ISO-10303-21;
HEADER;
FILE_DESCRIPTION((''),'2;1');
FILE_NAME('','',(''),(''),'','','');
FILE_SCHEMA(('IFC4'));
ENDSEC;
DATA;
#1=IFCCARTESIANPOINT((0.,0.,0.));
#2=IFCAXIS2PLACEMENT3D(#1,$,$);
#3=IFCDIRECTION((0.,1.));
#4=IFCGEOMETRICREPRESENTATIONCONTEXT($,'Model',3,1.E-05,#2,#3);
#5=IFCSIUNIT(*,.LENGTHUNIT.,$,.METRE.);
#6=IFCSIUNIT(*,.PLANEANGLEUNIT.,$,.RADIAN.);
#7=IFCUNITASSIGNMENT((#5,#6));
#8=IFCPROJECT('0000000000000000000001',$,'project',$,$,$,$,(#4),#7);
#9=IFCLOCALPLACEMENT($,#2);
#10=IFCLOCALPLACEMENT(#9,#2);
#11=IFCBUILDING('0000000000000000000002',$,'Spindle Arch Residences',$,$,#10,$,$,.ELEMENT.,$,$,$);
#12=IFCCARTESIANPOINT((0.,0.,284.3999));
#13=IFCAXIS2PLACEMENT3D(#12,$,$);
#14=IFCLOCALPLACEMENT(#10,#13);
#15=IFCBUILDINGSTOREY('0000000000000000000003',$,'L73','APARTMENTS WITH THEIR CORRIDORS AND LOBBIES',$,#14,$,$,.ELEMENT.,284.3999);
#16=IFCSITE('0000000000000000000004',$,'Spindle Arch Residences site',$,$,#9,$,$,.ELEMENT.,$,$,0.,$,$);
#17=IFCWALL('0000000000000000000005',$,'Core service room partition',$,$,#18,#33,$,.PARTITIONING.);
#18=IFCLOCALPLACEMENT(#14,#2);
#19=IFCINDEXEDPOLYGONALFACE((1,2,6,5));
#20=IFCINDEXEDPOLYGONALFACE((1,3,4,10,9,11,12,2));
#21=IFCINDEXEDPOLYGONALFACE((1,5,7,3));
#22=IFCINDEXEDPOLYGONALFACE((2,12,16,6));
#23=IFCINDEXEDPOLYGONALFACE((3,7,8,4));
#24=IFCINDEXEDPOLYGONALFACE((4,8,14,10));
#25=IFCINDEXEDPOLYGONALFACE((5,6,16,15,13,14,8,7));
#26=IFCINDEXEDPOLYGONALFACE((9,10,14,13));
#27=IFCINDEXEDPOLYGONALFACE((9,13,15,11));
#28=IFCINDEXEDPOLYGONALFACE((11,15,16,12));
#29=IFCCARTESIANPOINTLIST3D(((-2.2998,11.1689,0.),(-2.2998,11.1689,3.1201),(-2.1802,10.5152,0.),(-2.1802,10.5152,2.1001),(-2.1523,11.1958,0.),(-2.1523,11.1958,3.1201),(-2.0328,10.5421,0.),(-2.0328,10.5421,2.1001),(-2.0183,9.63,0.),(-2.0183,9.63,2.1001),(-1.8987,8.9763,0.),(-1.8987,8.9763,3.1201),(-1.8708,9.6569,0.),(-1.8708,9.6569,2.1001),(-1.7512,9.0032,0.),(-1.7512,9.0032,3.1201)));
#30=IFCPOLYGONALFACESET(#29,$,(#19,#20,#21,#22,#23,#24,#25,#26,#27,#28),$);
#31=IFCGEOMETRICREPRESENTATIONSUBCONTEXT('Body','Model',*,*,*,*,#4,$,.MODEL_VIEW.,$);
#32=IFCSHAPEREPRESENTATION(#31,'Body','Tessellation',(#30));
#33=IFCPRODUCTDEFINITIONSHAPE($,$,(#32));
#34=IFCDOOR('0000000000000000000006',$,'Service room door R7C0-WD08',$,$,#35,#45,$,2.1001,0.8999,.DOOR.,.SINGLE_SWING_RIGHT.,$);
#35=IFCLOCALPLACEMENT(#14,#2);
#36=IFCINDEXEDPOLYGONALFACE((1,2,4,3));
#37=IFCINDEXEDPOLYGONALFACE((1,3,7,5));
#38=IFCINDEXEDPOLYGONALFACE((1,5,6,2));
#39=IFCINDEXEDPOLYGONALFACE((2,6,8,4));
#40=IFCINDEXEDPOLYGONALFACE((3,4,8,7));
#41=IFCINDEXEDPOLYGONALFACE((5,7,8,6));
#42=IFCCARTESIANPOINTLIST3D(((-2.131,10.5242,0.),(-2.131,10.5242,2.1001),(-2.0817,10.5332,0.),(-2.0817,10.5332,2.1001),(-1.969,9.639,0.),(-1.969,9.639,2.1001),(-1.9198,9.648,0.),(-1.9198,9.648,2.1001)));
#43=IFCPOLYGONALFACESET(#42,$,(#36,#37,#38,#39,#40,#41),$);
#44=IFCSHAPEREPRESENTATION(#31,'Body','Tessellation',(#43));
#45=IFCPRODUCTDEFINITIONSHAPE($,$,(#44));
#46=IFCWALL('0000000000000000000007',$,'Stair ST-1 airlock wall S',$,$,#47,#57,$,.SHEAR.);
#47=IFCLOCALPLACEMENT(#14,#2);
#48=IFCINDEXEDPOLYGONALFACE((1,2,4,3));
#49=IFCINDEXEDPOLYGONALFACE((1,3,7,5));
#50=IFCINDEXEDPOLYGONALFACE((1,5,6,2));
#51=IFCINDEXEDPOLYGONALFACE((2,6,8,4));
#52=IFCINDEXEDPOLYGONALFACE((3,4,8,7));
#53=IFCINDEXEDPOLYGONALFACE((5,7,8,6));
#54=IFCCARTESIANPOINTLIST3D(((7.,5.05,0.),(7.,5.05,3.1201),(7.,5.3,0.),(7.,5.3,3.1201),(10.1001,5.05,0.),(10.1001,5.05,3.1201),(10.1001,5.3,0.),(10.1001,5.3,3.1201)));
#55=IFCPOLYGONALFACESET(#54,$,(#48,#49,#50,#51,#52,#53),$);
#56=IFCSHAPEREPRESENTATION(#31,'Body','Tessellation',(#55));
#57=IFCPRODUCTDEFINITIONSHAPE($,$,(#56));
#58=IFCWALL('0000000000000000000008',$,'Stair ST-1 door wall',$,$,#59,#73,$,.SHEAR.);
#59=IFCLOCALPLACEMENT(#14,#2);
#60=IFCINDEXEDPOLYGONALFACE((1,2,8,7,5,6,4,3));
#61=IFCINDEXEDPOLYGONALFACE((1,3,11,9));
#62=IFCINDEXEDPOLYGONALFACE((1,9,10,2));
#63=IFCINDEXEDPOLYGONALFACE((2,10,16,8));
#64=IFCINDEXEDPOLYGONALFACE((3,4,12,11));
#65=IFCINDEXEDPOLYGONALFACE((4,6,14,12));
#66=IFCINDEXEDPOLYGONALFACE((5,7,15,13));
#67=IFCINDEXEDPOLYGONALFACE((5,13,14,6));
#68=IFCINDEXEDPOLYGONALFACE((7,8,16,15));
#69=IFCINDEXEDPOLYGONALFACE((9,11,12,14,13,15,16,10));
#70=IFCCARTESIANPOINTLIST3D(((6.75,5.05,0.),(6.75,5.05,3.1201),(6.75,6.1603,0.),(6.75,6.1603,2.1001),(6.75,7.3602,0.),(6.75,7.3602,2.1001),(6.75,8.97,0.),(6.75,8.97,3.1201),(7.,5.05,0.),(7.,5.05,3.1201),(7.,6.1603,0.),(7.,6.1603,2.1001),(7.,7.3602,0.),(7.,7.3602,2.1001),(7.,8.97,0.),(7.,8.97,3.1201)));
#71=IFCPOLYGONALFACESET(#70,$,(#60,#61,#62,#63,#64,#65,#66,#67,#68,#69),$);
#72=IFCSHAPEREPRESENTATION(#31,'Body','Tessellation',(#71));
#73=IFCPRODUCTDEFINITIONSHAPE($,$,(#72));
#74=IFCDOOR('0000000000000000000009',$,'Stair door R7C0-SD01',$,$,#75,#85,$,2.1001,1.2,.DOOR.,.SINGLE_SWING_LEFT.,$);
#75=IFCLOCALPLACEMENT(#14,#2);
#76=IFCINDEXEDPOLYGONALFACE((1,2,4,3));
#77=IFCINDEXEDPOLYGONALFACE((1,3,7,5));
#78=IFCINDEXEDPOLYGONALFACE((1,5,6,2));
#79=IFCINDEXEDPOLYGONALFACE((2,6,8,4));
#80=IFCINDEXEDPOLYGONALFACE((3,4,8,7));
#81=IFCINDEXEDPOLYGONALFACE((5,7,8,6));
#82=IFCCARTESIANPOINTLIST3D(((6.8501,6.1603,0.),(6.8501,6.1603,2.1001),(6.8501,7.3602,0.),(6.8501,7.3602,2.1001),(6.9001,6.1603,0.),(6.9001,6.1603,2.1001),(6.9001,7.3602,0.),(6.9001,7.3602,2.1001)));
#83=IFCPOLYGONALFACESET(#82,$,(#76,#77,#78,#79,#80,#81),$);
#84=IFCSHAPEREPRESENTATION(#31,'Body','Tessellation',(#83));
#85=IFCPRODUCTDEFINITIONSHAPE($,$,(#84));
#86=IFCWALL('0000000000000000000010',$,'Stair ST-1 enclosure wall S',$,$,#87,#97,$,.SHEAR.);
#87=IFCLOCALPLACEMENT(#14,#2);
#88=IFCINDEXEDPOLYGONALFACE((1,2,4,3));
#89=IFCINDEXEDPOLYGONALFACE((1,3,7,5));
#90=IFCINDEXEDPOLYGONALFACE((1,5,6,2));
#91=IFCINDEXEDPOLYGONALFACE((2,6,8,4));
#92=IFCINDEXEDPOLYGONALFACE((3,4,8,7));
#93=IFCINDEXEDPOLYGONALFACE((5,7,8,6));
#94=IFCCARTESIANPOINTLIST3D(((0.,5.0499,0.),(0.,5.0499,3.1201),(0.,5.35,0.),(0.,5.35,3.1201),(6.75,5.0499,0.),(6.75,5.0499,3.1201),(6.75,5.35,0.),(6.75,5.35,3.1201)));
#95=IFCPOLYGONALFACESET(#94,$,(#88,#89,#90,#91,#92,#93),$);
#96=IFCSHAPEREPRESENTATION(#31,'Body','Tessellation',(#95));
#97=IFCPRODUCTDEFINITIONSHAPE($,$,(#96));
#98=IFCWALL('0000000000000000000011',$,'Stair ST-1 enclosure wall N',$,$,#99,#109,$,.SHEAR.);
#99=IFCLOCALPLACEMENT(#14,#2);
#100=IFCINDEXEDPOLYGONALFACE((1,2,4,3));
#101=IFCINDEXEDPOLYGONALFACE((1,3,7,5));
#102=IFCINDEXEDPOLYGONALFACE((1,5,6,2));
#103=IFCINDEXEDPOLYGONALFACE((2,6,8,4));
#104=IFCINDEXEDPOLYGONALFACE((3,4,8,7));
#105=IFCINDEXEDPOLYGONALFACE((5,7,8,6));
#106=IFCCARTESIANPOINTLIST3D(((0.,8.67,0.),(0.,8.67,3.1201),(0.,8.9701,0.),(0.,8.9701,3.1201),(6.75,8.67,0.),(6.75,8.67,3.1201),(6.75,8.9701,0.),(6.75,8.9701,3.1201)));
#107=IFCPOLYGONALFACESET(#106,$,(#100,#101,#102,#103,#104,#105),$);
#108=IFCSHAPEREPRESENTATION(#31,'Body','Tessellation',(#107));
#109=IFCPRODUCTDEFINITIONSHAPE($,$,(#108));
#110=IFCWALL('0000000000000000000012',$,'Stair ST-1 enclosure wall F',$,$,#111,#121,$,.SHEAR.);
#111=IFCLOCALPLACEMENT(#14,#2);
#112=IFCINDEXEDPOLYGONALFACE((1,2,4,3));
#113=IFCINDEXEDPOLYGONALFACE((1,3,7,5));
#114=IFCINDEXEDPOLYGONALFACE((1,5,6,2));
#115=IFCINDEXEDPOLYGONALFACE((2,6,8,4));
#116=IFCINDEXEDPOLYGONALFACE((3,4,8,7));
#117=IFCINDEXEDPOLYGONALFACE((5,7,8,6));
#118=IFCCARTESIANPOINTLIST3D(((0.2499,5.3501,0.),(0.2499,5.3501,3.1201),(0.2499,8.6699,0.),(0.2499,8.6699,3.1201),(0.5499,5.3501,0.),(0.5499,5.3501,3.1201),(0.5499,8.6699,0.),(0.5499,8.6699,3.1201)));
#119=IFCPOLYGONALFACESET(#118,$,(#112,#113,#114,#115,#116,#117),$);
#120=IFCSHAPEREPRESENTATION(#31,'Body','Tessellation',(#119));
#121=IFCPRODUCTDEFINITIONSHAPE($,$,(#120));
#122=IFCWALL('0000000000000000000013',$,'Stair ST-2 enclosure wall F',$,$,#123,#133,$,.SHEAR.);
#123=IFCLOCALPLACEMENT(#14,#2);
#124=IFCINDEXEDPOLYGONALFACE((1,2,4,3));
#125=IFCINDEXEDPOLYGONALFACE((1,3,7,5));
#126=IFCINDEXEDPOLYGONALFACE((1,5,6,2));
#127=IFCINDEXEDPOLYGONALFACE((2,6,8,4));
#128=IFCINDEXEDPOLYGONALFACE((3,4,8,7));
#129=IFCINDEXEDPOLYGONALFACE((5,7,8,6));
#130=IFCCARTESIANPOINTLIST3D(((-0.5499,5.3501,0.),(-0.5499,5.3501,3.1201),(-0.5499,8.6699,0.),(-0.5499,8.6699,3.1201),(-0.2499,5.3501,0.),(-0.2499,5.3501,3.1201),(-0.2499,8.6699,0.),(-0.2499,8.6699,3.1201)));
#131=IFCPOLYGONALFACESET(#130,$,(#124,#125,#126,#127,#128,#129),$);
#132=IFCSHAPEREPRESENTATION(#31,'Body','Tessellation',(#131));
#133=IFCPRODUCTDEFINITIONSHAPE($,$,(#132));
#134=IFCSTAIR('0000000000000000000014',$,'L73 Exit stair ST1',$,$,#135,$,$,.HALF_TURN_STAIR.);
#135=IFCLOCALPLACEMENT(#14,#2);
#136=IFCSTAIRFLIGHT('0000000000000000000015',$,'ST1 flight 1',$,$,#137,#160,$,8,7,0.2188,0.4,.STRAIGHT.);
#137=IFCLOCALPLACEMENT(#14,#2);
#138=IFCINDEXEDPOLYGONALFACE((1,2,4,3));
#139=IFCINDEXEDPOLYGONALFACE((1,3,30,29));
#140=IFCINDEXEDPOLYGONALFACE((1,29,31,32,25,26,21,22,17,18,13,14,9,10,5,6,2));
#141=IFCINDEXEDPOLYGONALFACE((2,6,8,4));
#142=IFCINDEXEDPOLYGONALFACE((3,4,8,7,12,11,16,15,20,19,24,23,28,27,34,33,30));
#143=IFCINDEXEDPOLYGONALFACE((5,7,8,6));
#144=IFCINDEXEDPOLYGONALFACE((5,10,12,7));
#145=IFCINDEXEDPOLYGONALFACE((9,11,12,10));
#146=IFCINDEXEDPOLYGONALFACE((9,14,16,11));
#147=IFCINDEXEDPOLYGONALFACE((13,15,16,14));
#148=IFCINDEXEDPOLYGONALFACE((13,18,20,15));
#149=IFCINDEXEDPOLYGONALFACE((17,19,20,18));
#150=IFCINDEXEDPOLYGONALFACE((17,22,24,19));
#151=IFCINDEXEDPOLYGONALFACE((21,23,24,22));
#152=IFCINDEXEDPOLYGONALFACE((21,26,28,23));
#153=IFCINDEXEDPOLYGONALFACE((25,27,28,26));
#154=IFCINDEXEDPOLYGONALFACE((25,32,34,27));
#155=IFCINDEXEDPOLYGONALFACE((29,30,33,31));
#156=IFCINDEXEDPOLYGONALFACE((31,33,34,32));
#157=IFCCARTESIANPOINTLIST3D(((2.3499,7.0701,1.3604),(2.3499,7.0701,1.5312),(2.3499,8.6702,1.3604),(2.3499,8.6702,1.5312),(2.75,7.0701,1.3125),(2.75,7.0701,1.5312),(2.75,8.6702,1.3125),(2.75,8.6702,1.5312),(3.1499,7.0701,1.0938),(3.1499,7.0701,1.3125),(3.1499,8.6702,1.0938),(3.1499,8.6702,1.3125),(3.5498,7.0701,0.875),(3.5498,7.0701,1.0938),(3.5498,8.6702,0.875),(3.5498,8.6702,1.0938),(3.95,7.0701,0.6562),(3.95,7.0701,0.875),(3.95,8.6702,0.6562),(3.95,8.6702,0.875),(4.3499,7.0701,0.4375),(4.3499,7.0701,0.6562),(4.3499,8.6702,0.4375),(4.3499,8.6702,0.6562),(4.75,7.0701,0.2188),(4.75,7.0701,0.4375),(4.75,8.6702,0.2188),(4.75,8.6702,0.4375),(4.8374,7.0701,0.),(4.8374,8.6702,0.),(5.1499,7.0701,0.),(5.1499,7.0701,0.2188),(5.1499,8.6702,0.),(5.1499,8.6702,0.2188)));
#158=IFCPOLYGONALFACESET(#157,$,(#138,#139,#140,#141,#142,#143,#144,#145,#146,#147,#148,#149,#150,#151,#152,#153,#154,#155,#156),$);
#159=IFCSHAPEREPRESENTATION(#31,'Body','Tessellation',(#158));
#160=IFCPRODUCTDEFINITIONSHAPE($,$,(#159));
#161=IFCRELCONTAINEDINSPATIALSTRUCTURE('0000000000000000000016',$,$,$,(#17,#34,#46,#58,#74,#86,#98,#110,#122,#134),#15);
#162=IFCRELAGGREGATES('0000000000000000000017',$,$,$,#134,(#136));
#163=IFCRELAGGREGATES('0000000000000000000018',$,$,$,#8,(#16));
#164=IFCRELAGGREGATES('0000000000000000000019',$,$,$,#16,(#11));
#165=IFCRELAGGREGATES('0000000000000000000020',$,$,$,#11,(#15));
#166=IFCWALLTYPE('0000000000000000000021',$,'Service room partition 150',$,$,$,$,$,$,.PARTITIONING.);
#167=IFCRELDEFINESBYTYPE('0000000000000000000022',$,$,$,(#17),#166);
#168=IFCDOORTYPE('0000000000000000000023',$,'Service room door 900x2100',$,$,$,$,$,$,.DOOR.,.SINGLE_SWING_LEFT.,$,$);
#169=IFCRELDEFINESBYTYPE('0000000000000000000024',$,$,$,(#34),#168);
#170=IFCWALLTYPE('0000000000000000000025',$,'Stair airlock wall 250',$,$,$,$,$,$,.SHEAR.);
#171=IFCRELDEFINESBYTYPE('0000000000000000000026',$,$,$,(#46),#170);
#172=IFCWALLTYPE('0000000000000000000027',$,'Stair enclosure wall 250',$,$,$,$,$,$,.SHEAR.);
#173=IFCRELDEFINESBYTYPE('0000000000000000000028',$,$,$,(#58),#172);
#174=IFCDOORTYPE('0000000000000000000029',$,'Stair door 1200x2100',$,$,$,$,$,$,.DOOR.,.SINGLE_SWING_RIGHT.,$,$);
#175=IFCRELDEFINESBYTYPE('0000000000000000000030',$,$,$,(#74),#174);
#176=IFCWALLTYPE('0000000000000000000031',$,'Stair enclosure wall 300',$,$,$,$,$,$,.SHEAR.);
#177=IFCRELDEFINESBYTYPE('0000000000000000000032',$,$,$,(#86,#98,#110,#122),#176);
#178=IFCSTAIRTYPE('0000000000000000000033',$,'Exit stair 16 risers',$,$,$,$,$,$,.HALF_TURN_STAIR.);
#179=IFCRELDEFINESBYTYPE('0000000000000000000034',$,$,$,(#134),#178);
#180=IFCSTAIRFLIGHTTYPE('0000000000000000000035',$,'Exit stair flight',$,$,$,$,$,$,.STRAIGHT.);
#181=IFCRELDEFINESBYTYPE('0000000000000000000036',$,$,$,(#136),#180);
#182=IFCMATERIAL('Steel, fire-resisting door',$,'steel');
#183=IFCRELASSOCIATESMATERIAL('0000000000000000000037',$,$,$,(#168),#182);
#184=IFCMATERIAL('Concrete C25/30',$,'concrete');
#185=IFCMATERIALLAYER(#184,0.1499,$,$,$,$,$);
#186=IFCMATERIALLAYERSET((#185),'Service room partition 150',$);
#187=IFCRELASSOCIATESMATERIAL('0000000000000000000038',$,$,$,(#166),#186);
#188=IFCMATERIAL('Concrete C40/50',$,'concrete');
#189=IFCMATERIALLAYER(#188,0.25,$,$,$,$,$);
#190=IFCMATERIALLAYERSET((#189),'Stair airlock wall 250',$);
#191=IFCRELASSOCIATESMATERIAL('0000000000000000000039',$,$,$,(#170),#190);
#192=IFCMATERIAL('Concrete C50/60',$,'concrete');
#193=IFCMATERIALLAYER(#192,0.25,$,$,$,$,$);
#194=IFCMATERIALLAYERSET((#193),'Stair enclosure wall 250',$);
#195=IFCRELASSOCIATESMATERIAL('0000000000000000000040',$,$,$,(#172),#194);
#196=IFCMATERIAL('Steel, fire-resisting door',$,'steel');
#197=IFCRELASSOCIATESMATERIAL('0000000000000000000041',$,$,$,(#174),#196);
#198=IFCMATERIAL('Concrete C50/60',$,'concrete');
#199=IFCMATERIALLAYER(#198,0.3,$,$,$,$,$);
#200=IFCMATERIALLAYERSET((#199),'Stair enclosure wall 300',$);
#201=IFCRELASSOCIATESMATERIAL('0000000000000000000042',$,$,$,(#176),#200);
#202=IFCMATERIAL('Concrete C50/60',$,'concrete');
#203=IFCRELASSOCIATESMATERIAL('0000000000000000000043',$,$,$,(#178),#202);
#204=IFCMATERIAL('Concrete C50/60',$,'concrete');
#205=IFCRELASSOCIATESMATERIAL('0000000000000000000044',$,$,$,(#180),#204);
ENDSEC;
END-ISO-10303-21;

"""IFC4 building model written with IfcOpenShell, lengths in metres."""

from ifc_helpers import new_model, si_unit, direction, frame, frame_2d, origin, place, context, subcontext, project, spatial, polyline, rectangle, outline, extrude, material, layer, layer_set, type_object, element, fill, aggregate, save


model = new_model("IFC4")

# Units and contexts
model_context = context("Model", 3, precision=1e-05, world=origin(), true_north=direction((0.0, 1.0)))
body_context = subcontext(model_context, "Body", "Model", "MODEL_VIEW")
ifc_project = project(units=[si_unit("LENGTHUNIT", "METRE"), si_unit("PLANEANGLEUNIT", "RADIAN")], contexts=[model_context])

# Site, building, storey
site_placement = place(None, origin())
site = spatial("IfcSite", under=ifc_project, at=site_placement, Name="Spindle Arch Residences site", CompositionType="ELEMENT", RefElevation=0.0)
building_placement = place(site_placement, origin())
building = spatial("IfcBuilding", under=site, at=building_placement, Name="Spindle Arch Residences", CompositionType="ELEMENT")
storey_placement = place(building_placement, frame((0.0, 0.0, 284.3999)))
storey = spatial("IfcBuildingStorey", under=building, at=storey_placement, Name="L73", Description="APARTMENTS WITH THEIR CORRIDORS AND LOBBIES", CompositionType="ELEMENT", Elevation=284.3999)

# Shared definitions
ifc_material_1 = material(Name="Steel, fire-resisting door", Category="steel")
door_type_1 = type_object("IfcDoorType", Name="Service room door 900x2100", OperationType="SINGLE_SWING_LEFT", PredefinedType="DOOR", material=ifc_material_1)

# Wall, opening, door
ifc_material_2 = material(Name="Concrete C25/30", Category="concrete")
ifc_layer_1 = layer(ifc_material_2, 0.1499)
ifc_layer_set_1 = layer_set([ifc_layer_1], Name="Service room partition 150")
wall_type_1 = type_object("IfcWallType", Name="Service room partition 150", PredefinedType="PARTITIONING", material=ifc_layer_set_1)
wall_1_placement = place(storey_placement, frame((-1.825, 8.9897, 0.0), z_axis=(0.0, 0.0, 1.0), x_axis=(-0.179955, 0.983675, 0.0)))
wall_1 = element("IfcWall", 1, at=wall_1_placement, inside=storey, type_object=wall_type_1, Name="Core service room partition", PredefinedType="PARTITIONING", context=body_context, shape_type="SweptSolid", body=[
    extrude(rectangle(XDim=2.229, YDim=0.1499, at=frame_2d((1.1145, 0.0))), origin(), (0.0, 0.0, 1.0), 3.1201),
])
opening_1_placement = place(wall_1_placement, frame((0.6646, 0.0, 0.0)))
opening_1 = element("IfcOpeningElement", 2, at=opening_1_placement, cuts=wall_1, PredefinedType="OPENING", context=body_context, shape_type="SweptSolid", body=[
    extrude(rectangle(XDim=0.8999, YDim=2.1001, at=frame_2d((0.45, 1.05))), frame((0.0, 0.085, 0.0), z_axis=(0.0, -1.0, 0.0), x_axis=(1.0, 0.0, 0.0)), (0.0, 0.0, 1.0), 0.1699),
])
door_1_placement = place(opening_1_placement, origin())
door_1 = element("IfcDoor", 3, at=door_1_placement, inside=storey, type_object=door_type_1, Name="Service room door R7C0-WD08", OperationType="SINGLE_SWING_RIGHT", OverallHeight=2.1001, OverallWidth=0.8999, PredefinedType="DOOR", context=body_context, shape_type="SweptSolid", body=[
    extrude(rectangle(XDim=0.8999, YDim=2.1001, at=frame_2d((0.45, 1.05))), frame((0.0, 0.0249, 0.0), z_axis=(0.0, -1.0, 0.0), x_axis=(1.0, 0.0, 0.0)), (0.0, 0.0, 1.0), 0.05),
])
fill(opening_1, door_1)

# Wall
ifc_material_3 = material(Name="Concrete C40/50", Category="concrete")
ifc_layer_2 = layer(ifc_material_3, 0.25)
ifc_layer_set_2 = layer_set([ifc_layer_2], Name="Stair airlock wall 250")
wall_type_2 = type_object("IfcWallType", Name="Stair airlock wall 250", PredefinedType="SHEAR", material=ifc_layer_set_2)
wall_2_placement = place(storey_placement, frame((7.0, 5.175, 0.0), z_axis=(0.0, 0.0, 1.0), x_axis=(1.0, 0.0, 0.0)))
element("IfcWall", 4, at=wall_2_placement, inside=storey, type_object=wall_type_2, Name="Stair ST-1 airlock wall S", PredefinedType="SHEAR", context=body_context, shape_type="SweptSolid", body=[
    extrude(rectangle(XDim=3.1001, YDim=0.25, at=frame_2d((1.55, 0.0))), origin(), (0.0, 0.0, 1.0), 3.1201),
])

# Wall, opening, door
ifc_material_4 = material(Name="Concrete C50/60", Category="concrete")
ifc_layer_3 = layer(ifc_material_4, 0.25)
ifc_layer_set_3 = layer_set([ifc_layer_3], Name="Stair enclosure wall 250")
wall_type_3 = type_object("IfcWallType", Name="Stair enclosure wall 250", PredefinedType="SHEAR", material=ifc_layer_set_3)
wall_3_placement = place(storey_placement, frame((6.875, 5.05, 0.0), z_axis=(0.0, 0.0, 1.0), x_axis=(0.0, 1.0, 0.0)))
wall_3 = element("IfcWall", 5, at=wall_3_placement, inside=storey, type_object=wall_type_3, Name="Stair ST-1 door wall", PredefinedType="SHEAR", context=body_context, shape_type="SweptSolid", body=[
    extrude(rectangle(XDim=3.9199, YDim=0.25, at=frame_2d((1.96, 0.0))), origin(), (0.0, 0.0, 1.0), 3.1201),
])
opening_2_placement = place(wall_3_placement, frame((1.1101, 0.0, 0.0)))
opening_2 = element("IfcOpeningElement", 6, at=opening_2_placement, cuts=wall_3, PredefinedType="OPENING", context=body_context, shape_type="SweptSolid", body=[
    extrude(rectangle(XDim=1.2, YDim=2.1001, at=frame_2d((0.6001, 1.05))), frame((0.0, 0.135, 0.0), z_axis=(0.0, -1.0, 0.0), x_axis=(1.0, 0.0, 0.0)), (0.0, 0.0, 1.0), 0.27),
])
ifc_material_5 = material(Name="Steel, fire-resisting door", Category="steel")
door_type_2 = type_object("IfcDoorType", Name="Stair door 1200x2100", OperationType="SINGLE_SWING_RIGHT", PredefinedType="DOOR", material=ifc_material_5)
door_2_placement = place(opening_2_placement, origin())
door_2 = element("IfcDoor", 7, at=door_2_placement, inside=storey, type_object=door_type_2, Name="Stair door R7C0-SD01", OperationType="SINGLE_SWING_LEFT", OverallHeight=2.1001, OverallWidth=1.2, PredefinedType="DOOR", context=body_context, shape_type="SweptSolid", body=[
    extrude(rectangle(XDim=1.2, YDim=2.1001, at=frame_2d((0.6001, 1.05))), frame((0.0, 0.0249, 0.0), z_axis=(0.0, -1.0, 0.0), x_axis=(1.0, 0.0, 0.0)), (0.0, 0.0, 1.0), 0.05),
])
fill(opening_2, door_2)

# Walls
ifc_material_6 = material(Name="Concrete C50/60", Category="concrete")
ifc_layer_4 = layer(ifc_material_6, 0.3)
ifc_layer_set_4 = layer_set([ifc_layer_4], Name="Stair enclosure wall 300")
wall_type_4 = type_object("IfcWallType", Name="Stair enclosure wall 300", PredefinedType="SHEAR", material=ifc_layer_set_4)
for number, where, z_axis, x_axis, name in (
    (8, (0.0, 5.2, 0.0), (0.0, 0.0, 1.0), (1.0, 0.0, 0.0), "Stair ST-1 enclosure wall S"),
    (9, (0.0, 8.8201, 0.0), (0.0, 0.0, 1.0), (1.0, 0.0, 0.0), "Stair ST-1 enclosure wall N"),
):
    element("IfcWall", number, at=place(storey_placement, frame(where, z_axis=z_axis, x_axis=x_axis)), inside=storey, type_object=wall_type_4, Name=name, PredefinedType="SHEAR", context=body_context, shape_type="SweptSolid", body=[
        extrude(rectangle(XDim=6.75, YDim=0.3, at=frame_2d((3.375, 0.0))), origin(), (0.0, 0.0, 1.0), 3.1201),
    ])
for number, where, z_axis, x_axis, name in (
    (10, (0.3999, 5.3501, 0.0), (0.0, 0.0, 1.0), (0.0, 1.0, 0.0), "Stair ST-1 enclosure wall F"),
    (11, (-0.3999, 5.3501, 0.0), (0.0, 0.0, 1.0), (0.0, 1.0, 0.0), "Stair ST-2 enclosure wall F"),
):
    element("IfcWall", number, at=place(storey_placement, frame(where, z_axis=z_axis, x_axis=x_axis)), inside=storey, type_object=wall_type_4, Name=name, PredefinedType="SHEAR", context=body_context, shape_type="SweptSolid", body=[
        extrude(rectangle(XDim=3.3198, YDim=0.3, at=frame_2d((1.6599, 0.0))), origin(), (0.0, 0.0, 1.0), 3.1201),
    ])

# Stair, stair flight
ifc_material_7 = material(Name="Concrete C50/60", Category="concrete")
stair_type = type_object("IfcStairType", Name="Exit stair 16 risers", PredefinedType="HALF_TURN_STAIR", material=ifc_material_7)
stair_placement = place(storey_placement, origin())
stair = element("IfcStair", 12, at=stair_placement, inside=storey, type_object=stair_type, Name="L73 Exit stair ST1", PredefinedType="HALF_TURN_STAIR")
ifc_material_8 = material(Name="Concrete C50/60", Category="concrete")
stair_flight_type = type_object("IfcStairFlightType", Name="Exit stair flight", PredefinedType="STRAIGHT", material=ifc_material_8)
stair_flight_1_placement = place(storey_placement, frame((5.1499, 7.8701, 0.0), z_axis=(0.0, 0.0, 1.0), x_axis=(-1.0, 0.0, 0.0)))
stair_flight_1 = element("IfcStairFlight", 13, at=stair_flight_1_placement, type_object=stair_flight_type, Name="ST1 flight 1", NumberOfRisers=8, NumberOfTreads=7, PredefinedType="STRAIGHT", RiserHeight=0.2188, TreadLength=0.4, context=body_context, shape_type="SweptSolid", body=[
    extrude(outline(polyline([(0.0, 0.0), (0.0, 0.2188), (0.3999, 0.2188), (0.3999, 0.4375), (0.8, 0.4375), (0.8, 0.6562), (1.2, 0.6562), (1.2, 0.875), (1.6001, 0.875), (1.6001, 1.0938), (2.0, 1.0938), (2.0, 1.3125), (2.3999, 1.3125), (2.3999, 1.5312), (2.8, 1.5312), (2.8, 1.75), (2.8, 1.3604), (0.3125, 0.0), (0.0, 0.0)])), frame((0.0, 0.8, 0.0), z_axis=(0.0, -1.0, 0.0), x_axis=(1.0, 0.0, 0.0)), (0.0, 0.0, 1.0), 1.6001),
])
aggregate(stair, [stair_flight_1])

save(model, "model.ifc")
